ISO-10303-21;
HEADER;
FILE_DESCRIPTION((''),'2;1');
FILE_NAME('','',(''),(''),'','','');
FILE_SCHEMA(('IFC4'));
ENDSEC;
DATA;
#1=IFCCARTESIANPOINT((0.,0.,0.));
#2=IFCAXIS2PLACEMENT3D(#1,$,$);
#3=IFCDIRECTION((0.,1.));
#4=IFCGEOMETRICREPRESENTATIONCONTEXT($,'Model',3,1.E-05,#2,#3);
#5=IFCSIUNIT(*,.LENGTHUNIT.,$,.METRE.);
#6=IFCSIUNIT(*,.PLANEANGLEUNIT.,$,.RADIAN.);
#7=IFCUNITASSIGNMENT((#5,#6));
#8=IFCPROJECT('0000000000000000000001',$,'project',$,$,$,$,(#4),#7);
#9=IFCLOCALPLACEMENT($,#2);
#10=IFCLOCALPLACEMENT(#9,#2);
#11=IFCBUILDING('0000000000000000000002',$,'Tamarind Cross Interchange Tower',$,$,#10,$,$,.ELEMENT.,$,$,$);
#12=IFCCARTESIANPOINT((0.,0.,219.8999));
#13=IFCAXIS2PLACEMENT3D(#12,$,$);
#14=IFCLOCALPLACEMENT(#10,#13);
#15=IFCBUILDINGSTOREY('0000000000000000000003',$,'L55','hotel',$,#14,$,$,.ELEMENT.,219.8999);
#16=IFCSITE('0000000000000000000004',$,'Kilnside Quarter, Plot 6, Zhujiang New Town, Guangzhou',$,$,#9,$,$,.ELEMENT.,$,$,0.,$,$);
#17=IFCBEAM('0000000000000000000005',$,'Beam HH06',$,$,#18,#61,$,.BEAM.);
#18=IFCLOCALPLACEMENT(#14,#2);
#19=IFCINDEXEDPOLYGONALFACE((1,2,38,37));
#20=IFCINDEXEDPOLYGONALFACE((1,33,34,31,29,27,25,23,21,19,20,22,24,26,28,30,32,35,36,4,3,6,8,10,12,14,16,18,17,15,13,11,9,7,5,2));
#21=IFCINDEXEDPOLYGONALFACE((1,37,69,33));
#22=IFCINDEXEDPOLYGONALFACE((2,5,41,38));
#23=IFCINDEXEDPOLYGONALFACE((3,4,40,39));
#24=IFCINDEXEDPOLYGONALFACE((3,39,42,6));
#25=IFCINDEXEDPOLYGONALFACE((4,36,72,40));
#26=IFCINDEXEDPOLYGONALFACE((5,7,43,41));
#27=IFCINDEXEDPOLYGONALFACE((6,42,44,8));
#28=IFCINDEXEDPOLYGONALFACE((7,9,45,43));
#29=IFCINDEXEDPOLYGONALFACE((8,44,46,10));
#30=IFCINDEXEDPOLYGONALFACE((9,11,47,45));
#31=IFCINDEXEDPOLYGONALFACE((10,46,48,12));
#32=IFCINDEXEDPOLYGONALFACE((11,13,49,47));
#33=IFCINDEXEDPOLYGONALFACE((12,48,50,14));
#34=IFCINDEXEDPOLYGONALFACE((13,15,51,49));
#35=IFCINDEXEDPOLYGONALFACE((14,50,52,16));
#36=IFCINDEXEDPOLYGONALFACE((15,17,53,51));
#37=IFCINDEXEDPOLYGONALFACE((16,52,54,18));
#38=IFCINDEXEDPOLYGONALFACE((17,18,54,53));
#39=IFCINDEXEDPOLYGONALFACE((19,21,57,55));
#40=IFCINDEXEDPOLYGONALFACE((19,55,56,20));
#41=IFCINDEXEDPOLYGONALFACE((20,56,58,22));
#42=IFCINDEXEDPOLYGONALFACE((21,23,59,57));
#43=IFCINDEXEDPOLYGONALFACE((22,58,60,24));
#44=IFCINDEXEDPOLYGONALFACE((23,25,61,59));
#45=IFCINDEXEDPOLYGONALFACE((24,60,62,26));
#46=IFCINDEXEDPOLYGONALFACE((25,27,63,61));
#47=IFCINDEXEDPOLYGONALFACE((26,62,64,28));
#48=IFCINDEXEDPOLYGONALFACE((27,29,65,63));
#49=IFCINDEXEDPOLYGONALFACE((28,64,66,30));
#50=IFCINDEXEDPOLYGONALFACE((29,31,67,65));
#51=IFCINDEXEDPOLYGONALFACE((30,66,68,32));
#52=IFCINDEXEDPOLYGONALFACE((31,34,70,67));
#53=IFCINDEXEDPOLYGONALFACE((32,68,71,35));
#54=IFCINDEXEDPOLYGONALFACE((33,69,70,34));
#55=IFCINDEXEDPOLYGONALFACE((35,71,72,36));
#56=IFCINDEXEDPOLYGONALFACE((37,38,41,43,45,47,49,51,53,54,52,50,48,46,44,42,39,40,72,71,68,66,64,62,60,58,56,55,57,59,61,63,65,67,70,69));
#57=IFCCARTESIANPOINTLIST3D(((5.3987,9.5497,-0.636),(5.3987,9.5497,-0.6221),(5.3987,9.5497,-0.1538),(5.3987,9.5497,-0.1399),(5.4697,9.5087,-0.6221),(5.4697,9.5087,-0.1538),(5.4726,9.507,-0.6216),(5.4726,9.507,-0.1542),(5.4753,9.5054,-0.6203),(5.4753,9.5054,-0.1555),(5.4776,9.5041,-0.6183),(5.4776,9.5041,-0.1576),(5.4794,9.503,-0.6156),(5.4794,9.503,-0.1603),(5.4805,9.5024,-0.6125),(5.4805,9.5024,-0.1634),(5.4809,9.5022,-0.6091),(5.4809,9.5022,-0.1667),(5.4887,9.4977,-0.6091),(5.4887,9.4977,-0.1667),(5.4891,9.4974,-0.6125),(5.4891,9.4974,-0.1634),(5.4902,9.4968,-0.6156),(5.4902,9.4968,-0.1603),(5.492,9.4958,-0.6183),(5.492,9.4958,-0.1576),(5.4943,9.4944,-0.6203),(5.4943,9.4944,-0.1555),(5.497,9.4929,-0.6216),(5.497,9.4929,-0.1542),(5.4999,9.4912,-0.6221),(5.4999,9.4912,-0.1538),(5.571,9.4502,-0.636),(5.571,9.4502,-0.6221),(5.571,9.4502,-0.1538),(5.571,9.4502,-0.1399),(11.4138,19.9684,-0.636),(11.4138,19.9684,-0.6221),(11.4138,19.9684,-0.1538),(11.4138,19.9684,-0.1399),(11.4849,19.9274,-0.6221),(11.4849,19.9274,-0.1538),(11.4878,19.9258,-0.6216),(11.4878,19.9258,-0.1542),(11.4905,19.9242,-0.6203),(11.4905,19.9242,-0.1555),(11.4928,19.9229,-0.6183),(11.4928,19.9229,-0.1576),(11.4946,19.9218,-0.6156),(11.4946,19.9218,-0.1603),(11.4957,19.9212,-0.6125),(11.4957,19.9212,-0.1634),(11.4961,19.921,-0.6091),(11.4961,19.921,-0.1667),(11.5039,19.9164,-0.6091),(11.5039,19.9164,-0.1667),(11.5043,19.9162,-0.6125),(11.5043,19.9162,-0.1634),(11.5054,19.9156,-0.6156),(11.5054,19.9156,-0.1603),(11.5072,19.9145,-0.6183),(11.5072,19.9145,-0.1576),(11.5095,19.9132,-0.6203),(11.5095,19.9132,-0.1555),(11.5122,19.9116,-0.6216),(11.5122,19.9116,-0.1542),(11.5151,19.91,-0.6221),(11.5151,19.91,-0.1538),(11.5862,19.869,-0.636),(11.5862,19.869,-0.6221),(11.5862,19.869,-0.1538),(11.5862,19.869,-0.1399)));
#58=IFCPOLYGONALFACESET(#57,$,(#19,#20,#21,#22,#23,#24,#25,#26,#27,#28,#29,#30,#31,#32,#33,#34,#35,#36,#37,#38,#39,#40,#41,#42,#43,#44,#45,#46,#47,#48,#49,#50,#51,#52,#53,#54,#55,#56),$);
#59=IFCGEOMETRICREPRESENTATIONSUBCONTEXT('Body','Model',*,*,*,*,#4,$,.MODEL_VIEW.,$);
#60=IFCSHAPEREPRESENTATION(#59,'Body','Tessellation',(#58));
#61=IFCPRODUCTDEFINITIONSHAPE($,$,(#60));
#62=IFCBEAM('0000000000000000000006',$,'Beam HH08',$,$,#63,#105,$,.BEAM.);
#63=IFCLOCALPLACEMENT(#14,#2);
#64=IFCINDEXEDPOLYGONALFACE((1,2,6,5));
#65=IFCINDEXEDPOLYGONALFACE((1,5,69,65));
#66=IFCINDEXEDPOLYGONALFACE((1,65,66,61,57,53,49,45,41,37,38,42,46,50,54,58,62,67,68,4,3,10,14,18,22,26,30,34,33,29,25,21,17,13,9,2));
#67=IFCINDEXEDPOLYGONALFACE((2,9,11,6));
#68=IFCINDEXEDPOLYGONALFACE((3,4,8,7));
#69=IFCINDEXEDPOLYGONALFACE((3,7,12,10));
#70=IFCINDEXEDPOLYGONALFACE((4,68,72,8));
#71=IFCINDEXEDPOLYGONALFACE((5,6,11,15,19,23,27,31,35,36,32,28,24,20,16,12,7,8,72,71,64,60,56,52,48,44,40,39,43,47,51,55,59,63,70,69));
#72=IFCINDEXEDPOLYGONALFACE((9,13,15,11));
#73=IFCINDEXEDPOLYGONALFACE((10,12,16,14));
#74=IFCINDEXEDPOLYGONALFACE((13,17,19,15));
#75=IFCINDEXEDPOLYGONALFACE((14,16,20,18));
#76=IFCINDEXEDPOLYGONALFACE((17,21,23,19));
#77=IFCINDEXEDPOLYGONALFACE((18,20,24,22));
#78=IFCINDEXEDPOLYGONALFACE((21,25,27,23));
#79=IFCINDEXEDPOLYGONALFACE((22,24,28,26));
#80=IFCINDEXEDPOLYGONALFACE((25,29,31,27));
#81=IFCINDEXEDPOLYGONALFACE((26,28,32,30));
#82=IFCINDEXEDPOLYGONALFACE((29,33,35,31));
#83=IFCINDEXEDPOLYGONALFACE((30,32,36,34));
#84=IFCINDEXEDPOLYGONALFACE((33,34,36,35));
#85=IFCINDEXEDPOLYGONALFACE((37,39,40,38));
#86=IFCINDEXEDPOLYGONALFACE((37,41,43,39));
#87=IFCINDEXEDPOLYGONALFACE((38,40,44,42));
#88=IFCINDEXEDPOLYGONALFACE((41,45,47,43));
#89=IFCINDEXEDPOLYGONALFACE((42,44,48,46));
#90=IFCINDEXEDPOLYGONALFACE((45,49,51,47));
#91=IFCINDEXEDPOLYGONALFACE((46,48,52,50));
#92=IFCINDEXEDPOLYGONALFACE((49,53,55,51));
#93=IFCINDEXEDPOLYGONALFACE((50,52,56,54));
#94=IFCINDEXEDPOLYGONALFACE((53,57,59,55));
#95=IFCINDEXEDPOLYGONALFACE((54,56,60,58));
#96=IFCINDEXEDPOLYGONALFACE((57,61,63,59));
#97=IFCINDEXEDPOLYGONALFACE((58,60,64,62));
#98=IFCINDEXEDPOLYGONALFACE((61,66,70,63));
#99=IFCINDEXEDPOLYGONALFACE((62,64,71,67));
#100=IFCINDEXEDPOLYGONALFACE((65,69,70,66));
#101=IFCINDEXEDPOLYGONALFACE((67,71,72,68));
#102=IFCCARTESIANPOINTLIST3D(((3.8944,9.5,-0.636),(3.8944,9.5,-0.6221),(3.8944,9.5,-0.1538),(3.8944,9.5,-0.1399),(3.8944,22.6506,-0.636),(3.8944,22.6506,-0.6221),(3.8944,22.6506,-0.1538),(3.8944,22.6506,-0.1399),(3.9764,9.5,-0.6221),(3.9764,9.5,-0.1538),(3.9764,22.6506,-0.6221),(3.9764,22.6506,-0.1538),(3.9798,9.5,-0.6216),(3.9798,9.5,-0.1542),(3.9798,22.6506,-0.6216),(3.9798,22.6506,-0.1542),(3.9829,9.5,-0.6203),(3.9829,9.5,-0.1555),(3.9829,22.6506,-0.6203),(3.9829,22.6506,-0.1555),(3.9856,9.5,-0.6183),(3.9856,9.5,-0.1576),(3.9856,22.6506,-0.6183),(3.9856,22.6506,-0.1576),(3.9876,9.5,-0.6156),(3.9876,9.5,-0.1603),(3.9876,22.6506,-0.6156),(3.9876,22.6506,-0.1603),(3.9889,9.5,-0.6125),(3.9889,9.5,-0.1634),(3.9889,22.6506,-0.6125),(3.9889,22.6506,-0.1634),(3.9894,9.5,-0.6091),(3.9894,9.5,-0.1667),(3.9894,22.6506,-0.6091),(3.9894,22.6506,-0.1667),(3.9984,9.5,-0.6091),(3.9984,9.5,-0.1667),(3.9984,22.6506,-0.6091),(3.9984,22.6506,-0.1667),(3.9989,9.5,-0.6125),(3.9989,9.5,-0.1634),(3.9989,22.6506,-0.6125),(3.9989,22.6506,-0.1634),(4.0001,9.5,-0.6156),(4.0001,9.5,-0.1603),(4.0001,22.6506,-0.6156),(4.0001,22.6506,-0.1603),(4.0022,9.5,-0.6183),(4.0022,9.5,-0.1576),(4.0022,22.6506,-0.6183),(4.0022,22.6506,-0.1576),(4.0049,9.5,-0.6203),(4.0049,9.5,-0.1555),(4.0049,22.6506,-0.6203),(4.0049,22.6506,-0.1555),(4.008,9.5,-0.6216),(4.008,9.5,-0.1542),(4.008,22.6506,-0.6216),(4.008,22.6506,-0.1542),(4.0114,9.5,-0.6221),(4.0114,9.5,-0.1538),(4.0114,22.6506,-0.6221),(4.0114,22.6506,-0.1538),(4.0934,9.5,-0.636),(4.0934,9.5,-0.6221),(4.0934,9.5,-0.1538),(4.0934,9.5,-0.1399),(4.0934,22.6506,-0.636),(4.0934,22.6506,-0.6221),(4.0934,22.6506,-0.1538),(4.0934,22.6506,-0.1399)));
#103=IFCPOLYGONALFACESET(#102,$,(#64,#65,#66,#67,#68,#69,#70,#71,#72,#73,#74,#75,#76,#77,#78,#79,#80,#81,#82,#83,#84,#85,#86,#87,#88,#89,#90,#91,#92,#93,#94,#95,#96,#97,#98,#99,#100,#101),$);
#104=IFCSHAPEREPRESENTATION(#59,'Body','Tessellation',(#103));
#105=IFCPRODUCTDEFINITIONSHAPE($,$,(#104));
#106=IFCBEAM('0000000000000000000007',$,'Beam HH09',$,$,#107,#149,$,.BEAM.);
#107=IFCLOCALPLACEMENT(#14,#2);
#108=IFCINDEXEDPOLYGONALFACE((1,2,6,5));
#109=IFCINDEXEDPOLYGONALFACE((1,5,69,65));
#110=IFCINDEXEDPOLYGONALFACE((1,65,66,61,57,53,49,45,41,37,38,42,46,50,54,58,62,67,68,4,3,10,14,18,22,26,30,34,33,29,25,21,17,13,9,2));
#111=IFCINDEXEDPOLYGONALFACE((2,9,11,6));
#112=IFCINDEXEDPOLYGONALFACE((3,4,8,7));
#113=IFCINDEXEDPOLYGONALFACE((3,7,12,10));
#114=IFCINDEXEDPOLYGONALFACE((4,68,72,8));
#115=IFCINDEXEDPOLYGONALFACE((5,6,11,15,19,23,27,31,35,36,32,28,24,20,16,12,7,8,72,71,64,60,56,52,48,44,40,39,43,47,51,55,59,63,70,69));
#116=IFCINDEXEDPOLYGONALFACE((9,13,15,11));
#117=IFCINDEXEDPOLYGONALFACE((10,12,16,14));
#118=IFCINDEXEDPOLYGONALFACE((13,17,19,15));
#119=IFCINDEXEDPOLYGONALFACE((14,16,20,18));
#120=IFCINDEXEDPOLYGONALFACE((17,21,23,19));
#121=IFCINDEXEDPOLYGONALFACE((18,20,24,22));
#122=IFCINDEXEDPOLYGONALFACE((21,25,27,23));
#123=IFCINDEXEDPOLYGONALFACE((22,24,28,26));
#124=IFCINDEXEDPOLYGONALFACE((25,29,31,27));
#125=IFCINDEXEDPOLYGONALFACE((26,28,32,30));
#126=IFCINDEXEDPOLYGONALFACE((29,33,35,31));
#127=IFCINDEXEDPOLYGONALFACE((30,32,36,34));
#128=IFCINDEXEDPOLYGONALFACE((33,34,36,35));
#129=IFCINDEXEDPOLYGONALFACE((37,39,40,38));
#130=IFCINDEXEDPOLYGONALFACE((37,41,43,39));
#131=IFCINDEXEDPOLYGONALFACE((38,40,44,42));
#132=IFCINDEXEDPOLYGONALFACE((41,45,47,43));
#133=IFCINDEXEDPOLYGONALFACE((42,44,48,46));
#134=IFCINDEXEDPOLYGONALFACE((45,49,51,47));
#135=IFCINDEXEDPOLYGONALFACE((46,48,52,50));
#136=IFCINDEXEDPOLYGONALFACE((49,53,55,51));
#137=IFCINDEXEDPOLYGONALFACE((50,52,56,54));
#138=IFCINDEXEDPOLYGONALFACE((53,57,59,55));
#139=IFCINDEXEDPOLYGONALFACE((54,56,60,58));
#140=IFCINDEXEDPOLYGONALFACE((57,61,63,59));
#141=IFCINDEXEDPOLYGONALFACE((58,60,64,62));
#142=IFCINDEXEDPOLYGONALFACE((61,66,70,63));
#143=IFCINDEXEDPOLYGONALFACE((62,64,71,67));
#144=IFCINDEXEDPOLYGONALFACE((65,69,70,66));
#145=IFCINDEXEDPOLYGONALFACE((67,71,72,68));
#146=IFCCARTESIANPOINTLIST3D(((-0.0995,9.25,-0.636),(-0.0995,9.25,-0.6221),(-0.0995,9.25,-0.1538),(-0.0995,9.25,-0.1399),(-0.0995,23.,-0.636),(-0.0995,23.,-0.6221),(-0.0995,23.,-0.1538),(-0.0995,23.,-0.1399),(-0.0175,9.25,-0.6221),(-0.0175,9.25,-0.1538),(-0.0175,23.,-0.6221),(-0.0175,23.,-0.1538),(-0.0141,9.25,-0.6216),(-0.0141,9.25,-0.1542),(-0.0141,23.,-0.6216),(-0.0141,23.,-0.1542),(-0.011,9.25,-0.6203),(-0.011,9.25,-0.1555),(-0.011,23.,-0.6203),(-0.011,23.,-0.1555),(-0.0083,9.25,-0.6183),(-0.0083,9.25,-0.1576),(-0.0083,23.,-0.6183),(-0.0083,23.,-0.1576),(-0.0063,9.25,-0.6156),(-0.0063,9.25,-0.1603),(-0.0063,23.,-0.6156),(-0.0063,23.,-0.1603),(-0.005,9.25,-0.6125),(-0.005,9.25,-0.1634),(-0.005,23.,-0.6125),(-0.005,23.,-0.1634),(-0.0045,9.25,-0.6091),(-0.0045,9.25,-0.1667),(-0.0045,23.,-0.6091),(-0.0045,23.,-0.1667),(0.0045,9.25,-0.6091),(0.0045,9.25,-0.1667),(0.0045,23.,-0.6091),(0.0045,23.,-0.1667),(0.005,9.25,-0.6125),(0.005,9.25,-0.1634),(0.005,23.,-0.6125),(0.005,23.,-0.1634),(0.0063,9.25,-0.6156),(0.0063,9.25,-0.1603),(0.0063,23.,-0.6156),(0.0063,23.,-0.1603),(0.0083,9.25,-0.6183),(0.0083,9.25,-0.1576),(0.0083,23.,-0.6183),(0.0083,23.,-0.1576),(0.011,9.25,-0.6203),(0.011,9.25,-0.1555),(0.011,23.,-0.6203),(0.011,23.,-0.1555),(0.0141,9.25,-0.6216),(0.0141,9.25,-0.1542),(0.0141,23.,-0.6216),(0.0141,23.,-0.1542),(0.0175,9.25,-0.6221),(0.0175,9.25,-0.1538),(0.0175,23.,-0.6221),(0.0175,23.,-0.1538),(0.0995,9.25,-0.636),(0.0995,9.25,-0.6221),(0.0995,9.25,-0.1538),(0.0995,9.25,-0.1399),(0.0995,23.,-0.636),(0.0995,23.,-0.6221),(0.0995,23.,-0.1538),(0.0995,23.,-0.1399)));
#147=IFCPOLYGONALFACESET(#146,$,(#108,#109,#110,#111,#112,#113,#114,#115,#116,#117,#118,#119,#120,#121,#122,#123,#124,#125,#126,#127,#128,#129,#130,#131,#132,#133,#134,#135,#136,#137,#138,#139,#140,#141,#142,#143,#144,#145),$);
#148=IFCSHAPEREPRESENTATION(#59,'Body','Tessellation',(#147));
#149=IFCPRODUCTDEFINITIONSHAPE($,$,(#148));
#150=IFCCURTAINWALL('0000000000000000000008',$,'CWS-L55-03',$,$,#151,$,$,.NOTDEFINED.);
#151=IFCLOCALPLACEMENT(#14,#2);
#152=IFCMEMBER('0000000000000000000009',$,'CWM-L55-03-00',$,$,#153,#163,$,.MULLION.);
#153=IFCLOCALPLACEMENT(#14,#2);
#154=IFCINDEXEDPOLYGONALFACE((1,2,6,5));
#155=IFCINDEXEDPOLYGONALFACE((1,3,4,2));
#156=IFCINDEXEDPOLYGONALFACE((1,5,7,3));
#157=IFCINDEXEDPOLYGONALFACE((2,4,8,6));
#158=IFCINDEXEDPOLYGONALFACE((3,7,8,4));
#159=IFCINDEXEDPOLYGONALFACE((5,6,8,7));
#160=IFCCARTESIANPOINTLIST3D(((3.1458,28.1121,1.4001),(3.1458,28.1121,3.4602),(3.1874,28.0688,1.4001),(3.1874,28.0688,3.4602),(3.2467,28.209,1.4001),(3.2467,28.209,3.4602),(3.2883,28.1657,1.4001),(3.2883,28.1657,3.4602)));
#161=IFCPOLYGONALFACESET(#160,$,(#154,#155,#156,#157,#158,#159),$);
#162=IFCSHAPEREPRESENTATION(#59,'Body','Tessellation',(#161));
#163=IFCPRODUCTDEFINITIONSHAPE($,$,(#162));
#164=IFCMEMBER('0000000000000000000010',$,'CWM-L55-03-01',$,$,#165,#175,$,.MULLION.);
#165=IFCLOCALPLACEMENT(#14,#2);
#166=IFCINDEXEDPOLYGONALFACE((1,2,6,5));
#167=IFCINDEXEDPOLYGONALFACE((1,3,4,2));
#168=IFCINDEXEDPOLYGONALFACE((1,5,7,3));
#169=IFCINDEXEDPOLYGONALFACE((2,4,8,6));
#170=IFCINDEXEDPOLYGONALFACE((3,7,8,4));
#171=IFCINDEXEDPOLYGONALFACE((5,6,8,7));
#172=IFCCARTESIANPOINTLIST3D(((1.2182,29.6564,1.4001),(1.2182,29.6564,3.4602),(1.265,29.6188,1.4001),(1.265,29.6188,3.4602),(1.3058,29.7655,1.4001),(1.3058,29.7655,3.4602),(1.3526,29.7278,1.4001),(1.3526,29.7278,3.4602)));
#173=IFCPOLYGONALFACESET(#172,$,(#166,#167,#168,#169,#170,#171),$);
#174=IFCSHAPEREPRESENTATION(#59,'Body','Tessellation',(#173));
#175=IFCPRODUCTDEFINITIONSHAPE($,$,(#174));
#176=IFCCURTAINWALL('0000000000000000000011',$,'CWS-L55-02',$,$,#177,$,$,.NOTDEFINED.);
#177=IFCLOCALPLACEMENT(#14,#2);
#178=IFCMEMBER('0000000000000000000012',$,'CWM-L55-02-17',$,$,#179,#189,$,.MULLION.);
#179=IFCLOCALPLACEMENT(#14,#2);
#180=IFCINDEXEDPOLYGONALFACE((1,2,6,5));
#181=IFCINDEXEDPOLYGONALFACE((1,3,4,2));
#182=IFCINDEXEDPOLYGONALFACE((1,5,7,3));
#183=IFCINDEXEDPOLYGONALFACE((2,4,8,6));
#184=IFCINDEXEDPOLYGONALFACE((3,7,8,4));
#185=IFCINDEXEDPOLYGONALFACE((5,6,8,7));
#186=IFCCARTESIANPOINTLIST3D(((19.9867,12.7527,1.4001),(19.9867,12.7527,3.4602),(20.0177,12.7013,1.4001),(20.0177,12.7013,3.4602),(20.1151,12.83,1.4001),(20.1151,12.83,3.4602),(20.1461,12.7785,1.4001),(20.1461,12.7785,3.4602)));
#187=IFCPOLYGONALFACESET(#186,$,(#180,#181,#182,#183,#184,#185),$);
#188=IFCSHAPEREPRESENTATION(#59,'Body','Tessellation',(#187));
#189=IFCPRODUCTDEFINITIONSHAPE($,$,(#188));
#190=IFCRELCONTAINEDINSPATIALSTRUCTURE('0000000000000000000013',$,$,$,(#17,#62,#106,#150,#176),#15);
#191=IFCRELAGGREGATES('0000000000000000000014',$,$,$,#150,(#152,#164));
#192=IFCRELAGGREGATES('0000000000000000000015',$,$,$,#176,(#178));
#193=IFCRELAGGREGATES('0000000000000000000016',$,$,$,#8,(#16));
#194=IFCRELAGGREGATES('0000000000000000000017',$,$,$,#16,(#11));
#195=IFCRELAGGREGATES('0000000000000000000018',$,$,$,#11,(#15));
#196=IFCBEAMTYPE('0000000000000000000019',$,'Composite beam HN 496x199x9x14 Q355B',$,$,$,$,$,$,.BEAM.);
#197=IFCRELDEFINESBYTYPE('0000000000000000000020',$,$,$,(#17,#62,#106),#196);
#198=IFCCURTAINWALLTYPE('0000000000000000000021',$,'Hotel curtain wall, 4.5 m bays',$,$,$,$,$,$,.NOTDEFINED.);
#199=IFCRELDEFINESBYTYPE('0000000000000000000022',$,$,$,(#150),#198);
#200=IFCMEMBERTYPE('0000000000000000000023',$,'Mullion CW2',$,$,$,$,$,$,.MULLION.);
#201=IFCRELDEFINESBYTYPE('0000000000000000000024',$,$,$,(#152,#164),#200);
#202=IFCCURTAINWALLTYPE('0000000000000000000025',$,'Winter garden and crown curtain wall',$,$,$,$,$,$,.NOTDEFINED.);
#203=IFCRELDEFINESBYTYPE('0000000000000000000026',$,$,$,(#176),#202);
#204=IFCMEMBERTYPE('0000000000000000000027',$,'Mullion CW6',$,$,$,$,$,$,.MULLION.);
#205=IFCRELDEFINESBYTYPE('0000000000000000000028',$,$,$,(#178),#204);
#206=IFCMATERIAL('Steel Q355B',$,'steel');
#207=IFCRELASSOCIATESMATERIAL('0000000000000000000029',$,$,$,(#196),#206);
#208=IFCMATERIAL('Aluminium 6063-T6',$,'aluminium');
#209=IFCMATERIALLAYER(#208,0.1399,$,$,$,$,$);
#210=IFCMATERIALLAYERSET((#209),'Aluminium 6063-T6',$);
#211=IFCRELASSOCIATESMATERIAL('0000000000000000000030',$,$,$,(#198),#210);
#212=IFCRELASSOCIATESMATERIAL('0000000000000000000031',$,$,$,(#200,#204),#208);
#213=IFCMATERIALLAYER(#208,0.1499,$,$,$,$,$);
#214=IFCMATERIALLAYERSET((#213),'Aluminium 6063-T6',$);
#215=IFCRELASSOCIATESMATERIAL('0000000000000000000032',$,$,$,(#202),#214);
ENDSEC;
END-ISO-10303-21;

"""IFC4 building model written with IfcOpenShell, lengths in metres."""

from ifc_helpers import new_model, si_unit, direction, frame, origin, origin_2d, place, context, subcontext, project, spatial, rectangle, i_section, extrude, material, layer, layer_set, material_profile, profile_set, type_object, element, aggregate, save


model = new_model("IFC4")

# Units and contexts
model_context = context("Model", 3, precision=1e-05, world=origin(), true_north=direction((0.0, 1.0)))
body_context = subcontext(model_context, "Body", "Model", "MODEL_VIEW")
ifc_project = project(units=[si_unit("LENGTHUNIT", "METRE"), si_unit("PLANEANGLEUNIT", "RADIAN")], contexts=[model_context])

# Site, building, storey
site_placement = place(None, origin())
site = spatial("IfcSite", under=ifc_project, at=site_placement, Name="Kilnside Quarter, Plot 6, Zhujiang New Town, Guangzhou", CompositionType="ELEMENT", RefElevation=0.0)
building_placement = place(site_placement, origin())
building = spatial("IfcBuilding", under=site, at=building_placement, Name="Tamarind Cross Interchange Tower", CompositionType="ELEMENT")
storey_placement = place(building_placement, frame((0.0, 0.0, 219.8999)))
storey = spatial("IfcBuildingStorey", under=building, at=storey_placement, Name="L55", Description="hotel", CompositionType="ELEMENT", Elevation=219.8999)

# Beams
ifc_material_1 = material(Name="Steel Q355B", Category="steel")
ifc_material_profile_1 = material_profile(ifc_material_1, i_section(OverallWidth=0.199, OverallDepth=0.4961, WebThickness=0.009, FlangeThickness=0.0139, FilletRadius=0.0129, at=origin_2d()), Name="HN 496x199x9x14")
ifc_profile_set_1 = profile_set([ifc_material_profile_1], Name="Steel Q355B")
beam_type = type_object("IfcBeamType", Name="Composite beam HN 496x199x9x14 Q355B", PredefinedType="BEAM", material=ifc_profile_set_1)
beam_1_placement = place(storey_placement, frame((11.5, 19.9187, -0.3879), z_axis=(-0.499994, -0.866029, 0.0), x_axis=(0.866029, -0.499994, 0.0)))
element("IfcBeam", 1, at=beam_1_placement, inside=storey, type_object=beam_type, Name="Beam HH06", PredefinedType="BEAM", context=body_context, shape_type="SweptSolid", body=[
    extrude(i_section(OverallWidth=0.199, OverallDepth=0.4961, WebThickness=0.009, FlangeThickness=0.0139, FilletRadius=0.0129, at=origin_2d()), origin(), (0.0, 0.0, 1.0), 12.0305),
])
beam_2_placement = place(storey_placement, frame((3.9939, 22.6506, -0.3879), z_axis=(0.0, -1.0, 0.0), x_axis=(1.0, 0.0, 0.0)))
element("IfcBeam", 2, at=beam_2_placement, inside=storey, type_object=beam_type, Name="Beam HH08", PredefinedType="BEAM", context=body_context, shape_type="SweptSolid", body=[
    extrude(i_section(OverallWidth=0.199, OverallDepth=0.4961, WebThickness=0.009, FlangeThickness=0.0139, FilletRadius=0.0129, at=origin_2d()), origin(), (0.0, 0.0, 1.0), 13.1506),
])
beam_3_placement = place(storey_placement, frame((0.0, 23.0, -0.3879), z_axis=(0.0, -1.0, 0.0), x_axis=(1.0, 0.0, 0.0)))
element("IfcBeam", 3, at=beam_3_placement, inside=storey, type_object=beam_type, Name="Beam HH09", PredefinedType="BEAM", context=body_context, shape_type="SweptSolid", body=[
    extrude(i_section(OverallWidth=0.199, OverallDepth=0.4961, WebThickness=0.009, FlangeThickness=0.0139, FilletRadius=0.0129, at=origin_2d()), origin(), (0.0, 0.0, 1.0), 13.75),
])

# Curtain walls, members
ifc_material_2 = material(Name="Aluminium 6063-T6", Category="aluminium")
ifc_layer_1 = layer(ifc_material_2, 0.1399)
ifc_layer_set_1 = layer_set([ifc_layer_1], Name="Aluminium 6063-T6")
curtain_wall_type_1 = type_object("IfcCurtainWallType", Name="Hotel curtain wall, 4.5 m bays", PredefinedType="NOTDEFINED", material=ifc_layer_set_1)
curtain_wall_1_placement = place(storey_placement, origin())
curtain_wall_1 = element("IfcCurtainWall", 4, at=curtain_wall_1_placement, inside=storey, type_object=curtain_wall_type_1, Name="CWS-L55-03", PredefinedType="NOTDEFINED")
ifc_material_profile_2 = material_profile(ifc_material_2, rectangle(XDim=0.0601, YDim=0.1399, at=origin_2d()), Name="Mullion CW2")
ifc_profile_set_2 = profile_set([ifc_material_profile_2], Name="Aluminium 6063-T6")
member_type_1 = type_object("IfcMemberType", Name="Mullion CW2", PredefinedType="MULLION", material=ifc_profile_set_2)
member_1_placement = place(storey_placement, frame((3.217, 28.1389, 1.4001), z_axis=(0.0, 0.0, 1.0), x_axis=(-0.692719, 0.721207, 0.0)))
member_1 = element("IfcMember", 5, at=member_1_placement, type_object=member_type_1, Name="CWM-L55-03-00", PredefinedType="MULLION", context=body_context, shape_type="SweptSolid", body=[
    extrude(rectangle(XDim=0.0601, YDim=0.1399, at=origin_2d()), origin(), (0.0, 0.0, 1.0), 2.0601),
])
member_2_placement = place(storey_placement, frame((1.2854, 29.6921, 1.4001), z_axis=(0.0, 0.0, 1.0), x_axis=(-0.779285, 0.626669, 0.0)))
member_2 = element("IfcMember", 6, at=member_2_placement, type_object=member_type_1, Name="CWM-L55-03-01", PredefinedType="MULLION", context=body_context, shape_type="SweptSolid", body=[
    extrude(rectangle(XDim=0.0601, YDim=0.1399, at=origin_2d()), origin(), (0.0, 0.0, 1.0), 2.0601),
])
aggregate(curtain_wall_1, [member_1, member_2])
ifc_layer_2 = layer(ifc_material_2, 0.1499)
ifc_layer_set_2 = layer_set([ifc_layer_2], Name="Aluminium 6063-T6")
curtain_wall_type_2 = type_object("IfcCurtainWallType", Name="Winter garden and crown curtain wall", PredefinedType="NOTDEFINED", material=ifc_layer_set_2)
curtain_wall_2_placement = place(storey_placement, origin())
curtain_wall_2 = element("IfcCurtainWall", 7, at=curtain_wall_2_placement, inside=storey, type_object=curtain_wall_type_2, Name="CWS-L55-02", PredefinedType="NOTDEFINED")
ifc_material_profile_3 = material_profile(ifc_material_2, rectangle(XDim=0.0601, YDim=0.1499, at=origin_2d()), Name="Mullion CW6")
ifc_profile_set_3 = profile_set([ifc_material_profile_3], Name="Aluminium 6063-T6")
member_type_2 = type_object("IfcMemberType", Name="Mullion CW6", PredefinedType="MULLION", material=ifc_profile_set_3)
member_3_placement = place(storey_placement, frame((20.0664, 12.7656, 1.4001), z_axis=(0.0, 0.0, 1.0), x_axis=(-0.515577, 0.856843, 0.0)))
member_3 = element("IfcMember", 8, at=member_3_placement, type_object=member_type_2, Name="CWM-L55-02-17", PredefinedType="MULLION", context=body_context, shape_type="SweptSolid", body=[
    extrude(rectangle(XDim=0.0601, YDim=0.1499, at=origin_2d()), origin(), (0.0, 0.0, 1.0), 2.0601),
])
aggregate(curtain_wall_2, [member_3])

save(model, "model.ifc")
